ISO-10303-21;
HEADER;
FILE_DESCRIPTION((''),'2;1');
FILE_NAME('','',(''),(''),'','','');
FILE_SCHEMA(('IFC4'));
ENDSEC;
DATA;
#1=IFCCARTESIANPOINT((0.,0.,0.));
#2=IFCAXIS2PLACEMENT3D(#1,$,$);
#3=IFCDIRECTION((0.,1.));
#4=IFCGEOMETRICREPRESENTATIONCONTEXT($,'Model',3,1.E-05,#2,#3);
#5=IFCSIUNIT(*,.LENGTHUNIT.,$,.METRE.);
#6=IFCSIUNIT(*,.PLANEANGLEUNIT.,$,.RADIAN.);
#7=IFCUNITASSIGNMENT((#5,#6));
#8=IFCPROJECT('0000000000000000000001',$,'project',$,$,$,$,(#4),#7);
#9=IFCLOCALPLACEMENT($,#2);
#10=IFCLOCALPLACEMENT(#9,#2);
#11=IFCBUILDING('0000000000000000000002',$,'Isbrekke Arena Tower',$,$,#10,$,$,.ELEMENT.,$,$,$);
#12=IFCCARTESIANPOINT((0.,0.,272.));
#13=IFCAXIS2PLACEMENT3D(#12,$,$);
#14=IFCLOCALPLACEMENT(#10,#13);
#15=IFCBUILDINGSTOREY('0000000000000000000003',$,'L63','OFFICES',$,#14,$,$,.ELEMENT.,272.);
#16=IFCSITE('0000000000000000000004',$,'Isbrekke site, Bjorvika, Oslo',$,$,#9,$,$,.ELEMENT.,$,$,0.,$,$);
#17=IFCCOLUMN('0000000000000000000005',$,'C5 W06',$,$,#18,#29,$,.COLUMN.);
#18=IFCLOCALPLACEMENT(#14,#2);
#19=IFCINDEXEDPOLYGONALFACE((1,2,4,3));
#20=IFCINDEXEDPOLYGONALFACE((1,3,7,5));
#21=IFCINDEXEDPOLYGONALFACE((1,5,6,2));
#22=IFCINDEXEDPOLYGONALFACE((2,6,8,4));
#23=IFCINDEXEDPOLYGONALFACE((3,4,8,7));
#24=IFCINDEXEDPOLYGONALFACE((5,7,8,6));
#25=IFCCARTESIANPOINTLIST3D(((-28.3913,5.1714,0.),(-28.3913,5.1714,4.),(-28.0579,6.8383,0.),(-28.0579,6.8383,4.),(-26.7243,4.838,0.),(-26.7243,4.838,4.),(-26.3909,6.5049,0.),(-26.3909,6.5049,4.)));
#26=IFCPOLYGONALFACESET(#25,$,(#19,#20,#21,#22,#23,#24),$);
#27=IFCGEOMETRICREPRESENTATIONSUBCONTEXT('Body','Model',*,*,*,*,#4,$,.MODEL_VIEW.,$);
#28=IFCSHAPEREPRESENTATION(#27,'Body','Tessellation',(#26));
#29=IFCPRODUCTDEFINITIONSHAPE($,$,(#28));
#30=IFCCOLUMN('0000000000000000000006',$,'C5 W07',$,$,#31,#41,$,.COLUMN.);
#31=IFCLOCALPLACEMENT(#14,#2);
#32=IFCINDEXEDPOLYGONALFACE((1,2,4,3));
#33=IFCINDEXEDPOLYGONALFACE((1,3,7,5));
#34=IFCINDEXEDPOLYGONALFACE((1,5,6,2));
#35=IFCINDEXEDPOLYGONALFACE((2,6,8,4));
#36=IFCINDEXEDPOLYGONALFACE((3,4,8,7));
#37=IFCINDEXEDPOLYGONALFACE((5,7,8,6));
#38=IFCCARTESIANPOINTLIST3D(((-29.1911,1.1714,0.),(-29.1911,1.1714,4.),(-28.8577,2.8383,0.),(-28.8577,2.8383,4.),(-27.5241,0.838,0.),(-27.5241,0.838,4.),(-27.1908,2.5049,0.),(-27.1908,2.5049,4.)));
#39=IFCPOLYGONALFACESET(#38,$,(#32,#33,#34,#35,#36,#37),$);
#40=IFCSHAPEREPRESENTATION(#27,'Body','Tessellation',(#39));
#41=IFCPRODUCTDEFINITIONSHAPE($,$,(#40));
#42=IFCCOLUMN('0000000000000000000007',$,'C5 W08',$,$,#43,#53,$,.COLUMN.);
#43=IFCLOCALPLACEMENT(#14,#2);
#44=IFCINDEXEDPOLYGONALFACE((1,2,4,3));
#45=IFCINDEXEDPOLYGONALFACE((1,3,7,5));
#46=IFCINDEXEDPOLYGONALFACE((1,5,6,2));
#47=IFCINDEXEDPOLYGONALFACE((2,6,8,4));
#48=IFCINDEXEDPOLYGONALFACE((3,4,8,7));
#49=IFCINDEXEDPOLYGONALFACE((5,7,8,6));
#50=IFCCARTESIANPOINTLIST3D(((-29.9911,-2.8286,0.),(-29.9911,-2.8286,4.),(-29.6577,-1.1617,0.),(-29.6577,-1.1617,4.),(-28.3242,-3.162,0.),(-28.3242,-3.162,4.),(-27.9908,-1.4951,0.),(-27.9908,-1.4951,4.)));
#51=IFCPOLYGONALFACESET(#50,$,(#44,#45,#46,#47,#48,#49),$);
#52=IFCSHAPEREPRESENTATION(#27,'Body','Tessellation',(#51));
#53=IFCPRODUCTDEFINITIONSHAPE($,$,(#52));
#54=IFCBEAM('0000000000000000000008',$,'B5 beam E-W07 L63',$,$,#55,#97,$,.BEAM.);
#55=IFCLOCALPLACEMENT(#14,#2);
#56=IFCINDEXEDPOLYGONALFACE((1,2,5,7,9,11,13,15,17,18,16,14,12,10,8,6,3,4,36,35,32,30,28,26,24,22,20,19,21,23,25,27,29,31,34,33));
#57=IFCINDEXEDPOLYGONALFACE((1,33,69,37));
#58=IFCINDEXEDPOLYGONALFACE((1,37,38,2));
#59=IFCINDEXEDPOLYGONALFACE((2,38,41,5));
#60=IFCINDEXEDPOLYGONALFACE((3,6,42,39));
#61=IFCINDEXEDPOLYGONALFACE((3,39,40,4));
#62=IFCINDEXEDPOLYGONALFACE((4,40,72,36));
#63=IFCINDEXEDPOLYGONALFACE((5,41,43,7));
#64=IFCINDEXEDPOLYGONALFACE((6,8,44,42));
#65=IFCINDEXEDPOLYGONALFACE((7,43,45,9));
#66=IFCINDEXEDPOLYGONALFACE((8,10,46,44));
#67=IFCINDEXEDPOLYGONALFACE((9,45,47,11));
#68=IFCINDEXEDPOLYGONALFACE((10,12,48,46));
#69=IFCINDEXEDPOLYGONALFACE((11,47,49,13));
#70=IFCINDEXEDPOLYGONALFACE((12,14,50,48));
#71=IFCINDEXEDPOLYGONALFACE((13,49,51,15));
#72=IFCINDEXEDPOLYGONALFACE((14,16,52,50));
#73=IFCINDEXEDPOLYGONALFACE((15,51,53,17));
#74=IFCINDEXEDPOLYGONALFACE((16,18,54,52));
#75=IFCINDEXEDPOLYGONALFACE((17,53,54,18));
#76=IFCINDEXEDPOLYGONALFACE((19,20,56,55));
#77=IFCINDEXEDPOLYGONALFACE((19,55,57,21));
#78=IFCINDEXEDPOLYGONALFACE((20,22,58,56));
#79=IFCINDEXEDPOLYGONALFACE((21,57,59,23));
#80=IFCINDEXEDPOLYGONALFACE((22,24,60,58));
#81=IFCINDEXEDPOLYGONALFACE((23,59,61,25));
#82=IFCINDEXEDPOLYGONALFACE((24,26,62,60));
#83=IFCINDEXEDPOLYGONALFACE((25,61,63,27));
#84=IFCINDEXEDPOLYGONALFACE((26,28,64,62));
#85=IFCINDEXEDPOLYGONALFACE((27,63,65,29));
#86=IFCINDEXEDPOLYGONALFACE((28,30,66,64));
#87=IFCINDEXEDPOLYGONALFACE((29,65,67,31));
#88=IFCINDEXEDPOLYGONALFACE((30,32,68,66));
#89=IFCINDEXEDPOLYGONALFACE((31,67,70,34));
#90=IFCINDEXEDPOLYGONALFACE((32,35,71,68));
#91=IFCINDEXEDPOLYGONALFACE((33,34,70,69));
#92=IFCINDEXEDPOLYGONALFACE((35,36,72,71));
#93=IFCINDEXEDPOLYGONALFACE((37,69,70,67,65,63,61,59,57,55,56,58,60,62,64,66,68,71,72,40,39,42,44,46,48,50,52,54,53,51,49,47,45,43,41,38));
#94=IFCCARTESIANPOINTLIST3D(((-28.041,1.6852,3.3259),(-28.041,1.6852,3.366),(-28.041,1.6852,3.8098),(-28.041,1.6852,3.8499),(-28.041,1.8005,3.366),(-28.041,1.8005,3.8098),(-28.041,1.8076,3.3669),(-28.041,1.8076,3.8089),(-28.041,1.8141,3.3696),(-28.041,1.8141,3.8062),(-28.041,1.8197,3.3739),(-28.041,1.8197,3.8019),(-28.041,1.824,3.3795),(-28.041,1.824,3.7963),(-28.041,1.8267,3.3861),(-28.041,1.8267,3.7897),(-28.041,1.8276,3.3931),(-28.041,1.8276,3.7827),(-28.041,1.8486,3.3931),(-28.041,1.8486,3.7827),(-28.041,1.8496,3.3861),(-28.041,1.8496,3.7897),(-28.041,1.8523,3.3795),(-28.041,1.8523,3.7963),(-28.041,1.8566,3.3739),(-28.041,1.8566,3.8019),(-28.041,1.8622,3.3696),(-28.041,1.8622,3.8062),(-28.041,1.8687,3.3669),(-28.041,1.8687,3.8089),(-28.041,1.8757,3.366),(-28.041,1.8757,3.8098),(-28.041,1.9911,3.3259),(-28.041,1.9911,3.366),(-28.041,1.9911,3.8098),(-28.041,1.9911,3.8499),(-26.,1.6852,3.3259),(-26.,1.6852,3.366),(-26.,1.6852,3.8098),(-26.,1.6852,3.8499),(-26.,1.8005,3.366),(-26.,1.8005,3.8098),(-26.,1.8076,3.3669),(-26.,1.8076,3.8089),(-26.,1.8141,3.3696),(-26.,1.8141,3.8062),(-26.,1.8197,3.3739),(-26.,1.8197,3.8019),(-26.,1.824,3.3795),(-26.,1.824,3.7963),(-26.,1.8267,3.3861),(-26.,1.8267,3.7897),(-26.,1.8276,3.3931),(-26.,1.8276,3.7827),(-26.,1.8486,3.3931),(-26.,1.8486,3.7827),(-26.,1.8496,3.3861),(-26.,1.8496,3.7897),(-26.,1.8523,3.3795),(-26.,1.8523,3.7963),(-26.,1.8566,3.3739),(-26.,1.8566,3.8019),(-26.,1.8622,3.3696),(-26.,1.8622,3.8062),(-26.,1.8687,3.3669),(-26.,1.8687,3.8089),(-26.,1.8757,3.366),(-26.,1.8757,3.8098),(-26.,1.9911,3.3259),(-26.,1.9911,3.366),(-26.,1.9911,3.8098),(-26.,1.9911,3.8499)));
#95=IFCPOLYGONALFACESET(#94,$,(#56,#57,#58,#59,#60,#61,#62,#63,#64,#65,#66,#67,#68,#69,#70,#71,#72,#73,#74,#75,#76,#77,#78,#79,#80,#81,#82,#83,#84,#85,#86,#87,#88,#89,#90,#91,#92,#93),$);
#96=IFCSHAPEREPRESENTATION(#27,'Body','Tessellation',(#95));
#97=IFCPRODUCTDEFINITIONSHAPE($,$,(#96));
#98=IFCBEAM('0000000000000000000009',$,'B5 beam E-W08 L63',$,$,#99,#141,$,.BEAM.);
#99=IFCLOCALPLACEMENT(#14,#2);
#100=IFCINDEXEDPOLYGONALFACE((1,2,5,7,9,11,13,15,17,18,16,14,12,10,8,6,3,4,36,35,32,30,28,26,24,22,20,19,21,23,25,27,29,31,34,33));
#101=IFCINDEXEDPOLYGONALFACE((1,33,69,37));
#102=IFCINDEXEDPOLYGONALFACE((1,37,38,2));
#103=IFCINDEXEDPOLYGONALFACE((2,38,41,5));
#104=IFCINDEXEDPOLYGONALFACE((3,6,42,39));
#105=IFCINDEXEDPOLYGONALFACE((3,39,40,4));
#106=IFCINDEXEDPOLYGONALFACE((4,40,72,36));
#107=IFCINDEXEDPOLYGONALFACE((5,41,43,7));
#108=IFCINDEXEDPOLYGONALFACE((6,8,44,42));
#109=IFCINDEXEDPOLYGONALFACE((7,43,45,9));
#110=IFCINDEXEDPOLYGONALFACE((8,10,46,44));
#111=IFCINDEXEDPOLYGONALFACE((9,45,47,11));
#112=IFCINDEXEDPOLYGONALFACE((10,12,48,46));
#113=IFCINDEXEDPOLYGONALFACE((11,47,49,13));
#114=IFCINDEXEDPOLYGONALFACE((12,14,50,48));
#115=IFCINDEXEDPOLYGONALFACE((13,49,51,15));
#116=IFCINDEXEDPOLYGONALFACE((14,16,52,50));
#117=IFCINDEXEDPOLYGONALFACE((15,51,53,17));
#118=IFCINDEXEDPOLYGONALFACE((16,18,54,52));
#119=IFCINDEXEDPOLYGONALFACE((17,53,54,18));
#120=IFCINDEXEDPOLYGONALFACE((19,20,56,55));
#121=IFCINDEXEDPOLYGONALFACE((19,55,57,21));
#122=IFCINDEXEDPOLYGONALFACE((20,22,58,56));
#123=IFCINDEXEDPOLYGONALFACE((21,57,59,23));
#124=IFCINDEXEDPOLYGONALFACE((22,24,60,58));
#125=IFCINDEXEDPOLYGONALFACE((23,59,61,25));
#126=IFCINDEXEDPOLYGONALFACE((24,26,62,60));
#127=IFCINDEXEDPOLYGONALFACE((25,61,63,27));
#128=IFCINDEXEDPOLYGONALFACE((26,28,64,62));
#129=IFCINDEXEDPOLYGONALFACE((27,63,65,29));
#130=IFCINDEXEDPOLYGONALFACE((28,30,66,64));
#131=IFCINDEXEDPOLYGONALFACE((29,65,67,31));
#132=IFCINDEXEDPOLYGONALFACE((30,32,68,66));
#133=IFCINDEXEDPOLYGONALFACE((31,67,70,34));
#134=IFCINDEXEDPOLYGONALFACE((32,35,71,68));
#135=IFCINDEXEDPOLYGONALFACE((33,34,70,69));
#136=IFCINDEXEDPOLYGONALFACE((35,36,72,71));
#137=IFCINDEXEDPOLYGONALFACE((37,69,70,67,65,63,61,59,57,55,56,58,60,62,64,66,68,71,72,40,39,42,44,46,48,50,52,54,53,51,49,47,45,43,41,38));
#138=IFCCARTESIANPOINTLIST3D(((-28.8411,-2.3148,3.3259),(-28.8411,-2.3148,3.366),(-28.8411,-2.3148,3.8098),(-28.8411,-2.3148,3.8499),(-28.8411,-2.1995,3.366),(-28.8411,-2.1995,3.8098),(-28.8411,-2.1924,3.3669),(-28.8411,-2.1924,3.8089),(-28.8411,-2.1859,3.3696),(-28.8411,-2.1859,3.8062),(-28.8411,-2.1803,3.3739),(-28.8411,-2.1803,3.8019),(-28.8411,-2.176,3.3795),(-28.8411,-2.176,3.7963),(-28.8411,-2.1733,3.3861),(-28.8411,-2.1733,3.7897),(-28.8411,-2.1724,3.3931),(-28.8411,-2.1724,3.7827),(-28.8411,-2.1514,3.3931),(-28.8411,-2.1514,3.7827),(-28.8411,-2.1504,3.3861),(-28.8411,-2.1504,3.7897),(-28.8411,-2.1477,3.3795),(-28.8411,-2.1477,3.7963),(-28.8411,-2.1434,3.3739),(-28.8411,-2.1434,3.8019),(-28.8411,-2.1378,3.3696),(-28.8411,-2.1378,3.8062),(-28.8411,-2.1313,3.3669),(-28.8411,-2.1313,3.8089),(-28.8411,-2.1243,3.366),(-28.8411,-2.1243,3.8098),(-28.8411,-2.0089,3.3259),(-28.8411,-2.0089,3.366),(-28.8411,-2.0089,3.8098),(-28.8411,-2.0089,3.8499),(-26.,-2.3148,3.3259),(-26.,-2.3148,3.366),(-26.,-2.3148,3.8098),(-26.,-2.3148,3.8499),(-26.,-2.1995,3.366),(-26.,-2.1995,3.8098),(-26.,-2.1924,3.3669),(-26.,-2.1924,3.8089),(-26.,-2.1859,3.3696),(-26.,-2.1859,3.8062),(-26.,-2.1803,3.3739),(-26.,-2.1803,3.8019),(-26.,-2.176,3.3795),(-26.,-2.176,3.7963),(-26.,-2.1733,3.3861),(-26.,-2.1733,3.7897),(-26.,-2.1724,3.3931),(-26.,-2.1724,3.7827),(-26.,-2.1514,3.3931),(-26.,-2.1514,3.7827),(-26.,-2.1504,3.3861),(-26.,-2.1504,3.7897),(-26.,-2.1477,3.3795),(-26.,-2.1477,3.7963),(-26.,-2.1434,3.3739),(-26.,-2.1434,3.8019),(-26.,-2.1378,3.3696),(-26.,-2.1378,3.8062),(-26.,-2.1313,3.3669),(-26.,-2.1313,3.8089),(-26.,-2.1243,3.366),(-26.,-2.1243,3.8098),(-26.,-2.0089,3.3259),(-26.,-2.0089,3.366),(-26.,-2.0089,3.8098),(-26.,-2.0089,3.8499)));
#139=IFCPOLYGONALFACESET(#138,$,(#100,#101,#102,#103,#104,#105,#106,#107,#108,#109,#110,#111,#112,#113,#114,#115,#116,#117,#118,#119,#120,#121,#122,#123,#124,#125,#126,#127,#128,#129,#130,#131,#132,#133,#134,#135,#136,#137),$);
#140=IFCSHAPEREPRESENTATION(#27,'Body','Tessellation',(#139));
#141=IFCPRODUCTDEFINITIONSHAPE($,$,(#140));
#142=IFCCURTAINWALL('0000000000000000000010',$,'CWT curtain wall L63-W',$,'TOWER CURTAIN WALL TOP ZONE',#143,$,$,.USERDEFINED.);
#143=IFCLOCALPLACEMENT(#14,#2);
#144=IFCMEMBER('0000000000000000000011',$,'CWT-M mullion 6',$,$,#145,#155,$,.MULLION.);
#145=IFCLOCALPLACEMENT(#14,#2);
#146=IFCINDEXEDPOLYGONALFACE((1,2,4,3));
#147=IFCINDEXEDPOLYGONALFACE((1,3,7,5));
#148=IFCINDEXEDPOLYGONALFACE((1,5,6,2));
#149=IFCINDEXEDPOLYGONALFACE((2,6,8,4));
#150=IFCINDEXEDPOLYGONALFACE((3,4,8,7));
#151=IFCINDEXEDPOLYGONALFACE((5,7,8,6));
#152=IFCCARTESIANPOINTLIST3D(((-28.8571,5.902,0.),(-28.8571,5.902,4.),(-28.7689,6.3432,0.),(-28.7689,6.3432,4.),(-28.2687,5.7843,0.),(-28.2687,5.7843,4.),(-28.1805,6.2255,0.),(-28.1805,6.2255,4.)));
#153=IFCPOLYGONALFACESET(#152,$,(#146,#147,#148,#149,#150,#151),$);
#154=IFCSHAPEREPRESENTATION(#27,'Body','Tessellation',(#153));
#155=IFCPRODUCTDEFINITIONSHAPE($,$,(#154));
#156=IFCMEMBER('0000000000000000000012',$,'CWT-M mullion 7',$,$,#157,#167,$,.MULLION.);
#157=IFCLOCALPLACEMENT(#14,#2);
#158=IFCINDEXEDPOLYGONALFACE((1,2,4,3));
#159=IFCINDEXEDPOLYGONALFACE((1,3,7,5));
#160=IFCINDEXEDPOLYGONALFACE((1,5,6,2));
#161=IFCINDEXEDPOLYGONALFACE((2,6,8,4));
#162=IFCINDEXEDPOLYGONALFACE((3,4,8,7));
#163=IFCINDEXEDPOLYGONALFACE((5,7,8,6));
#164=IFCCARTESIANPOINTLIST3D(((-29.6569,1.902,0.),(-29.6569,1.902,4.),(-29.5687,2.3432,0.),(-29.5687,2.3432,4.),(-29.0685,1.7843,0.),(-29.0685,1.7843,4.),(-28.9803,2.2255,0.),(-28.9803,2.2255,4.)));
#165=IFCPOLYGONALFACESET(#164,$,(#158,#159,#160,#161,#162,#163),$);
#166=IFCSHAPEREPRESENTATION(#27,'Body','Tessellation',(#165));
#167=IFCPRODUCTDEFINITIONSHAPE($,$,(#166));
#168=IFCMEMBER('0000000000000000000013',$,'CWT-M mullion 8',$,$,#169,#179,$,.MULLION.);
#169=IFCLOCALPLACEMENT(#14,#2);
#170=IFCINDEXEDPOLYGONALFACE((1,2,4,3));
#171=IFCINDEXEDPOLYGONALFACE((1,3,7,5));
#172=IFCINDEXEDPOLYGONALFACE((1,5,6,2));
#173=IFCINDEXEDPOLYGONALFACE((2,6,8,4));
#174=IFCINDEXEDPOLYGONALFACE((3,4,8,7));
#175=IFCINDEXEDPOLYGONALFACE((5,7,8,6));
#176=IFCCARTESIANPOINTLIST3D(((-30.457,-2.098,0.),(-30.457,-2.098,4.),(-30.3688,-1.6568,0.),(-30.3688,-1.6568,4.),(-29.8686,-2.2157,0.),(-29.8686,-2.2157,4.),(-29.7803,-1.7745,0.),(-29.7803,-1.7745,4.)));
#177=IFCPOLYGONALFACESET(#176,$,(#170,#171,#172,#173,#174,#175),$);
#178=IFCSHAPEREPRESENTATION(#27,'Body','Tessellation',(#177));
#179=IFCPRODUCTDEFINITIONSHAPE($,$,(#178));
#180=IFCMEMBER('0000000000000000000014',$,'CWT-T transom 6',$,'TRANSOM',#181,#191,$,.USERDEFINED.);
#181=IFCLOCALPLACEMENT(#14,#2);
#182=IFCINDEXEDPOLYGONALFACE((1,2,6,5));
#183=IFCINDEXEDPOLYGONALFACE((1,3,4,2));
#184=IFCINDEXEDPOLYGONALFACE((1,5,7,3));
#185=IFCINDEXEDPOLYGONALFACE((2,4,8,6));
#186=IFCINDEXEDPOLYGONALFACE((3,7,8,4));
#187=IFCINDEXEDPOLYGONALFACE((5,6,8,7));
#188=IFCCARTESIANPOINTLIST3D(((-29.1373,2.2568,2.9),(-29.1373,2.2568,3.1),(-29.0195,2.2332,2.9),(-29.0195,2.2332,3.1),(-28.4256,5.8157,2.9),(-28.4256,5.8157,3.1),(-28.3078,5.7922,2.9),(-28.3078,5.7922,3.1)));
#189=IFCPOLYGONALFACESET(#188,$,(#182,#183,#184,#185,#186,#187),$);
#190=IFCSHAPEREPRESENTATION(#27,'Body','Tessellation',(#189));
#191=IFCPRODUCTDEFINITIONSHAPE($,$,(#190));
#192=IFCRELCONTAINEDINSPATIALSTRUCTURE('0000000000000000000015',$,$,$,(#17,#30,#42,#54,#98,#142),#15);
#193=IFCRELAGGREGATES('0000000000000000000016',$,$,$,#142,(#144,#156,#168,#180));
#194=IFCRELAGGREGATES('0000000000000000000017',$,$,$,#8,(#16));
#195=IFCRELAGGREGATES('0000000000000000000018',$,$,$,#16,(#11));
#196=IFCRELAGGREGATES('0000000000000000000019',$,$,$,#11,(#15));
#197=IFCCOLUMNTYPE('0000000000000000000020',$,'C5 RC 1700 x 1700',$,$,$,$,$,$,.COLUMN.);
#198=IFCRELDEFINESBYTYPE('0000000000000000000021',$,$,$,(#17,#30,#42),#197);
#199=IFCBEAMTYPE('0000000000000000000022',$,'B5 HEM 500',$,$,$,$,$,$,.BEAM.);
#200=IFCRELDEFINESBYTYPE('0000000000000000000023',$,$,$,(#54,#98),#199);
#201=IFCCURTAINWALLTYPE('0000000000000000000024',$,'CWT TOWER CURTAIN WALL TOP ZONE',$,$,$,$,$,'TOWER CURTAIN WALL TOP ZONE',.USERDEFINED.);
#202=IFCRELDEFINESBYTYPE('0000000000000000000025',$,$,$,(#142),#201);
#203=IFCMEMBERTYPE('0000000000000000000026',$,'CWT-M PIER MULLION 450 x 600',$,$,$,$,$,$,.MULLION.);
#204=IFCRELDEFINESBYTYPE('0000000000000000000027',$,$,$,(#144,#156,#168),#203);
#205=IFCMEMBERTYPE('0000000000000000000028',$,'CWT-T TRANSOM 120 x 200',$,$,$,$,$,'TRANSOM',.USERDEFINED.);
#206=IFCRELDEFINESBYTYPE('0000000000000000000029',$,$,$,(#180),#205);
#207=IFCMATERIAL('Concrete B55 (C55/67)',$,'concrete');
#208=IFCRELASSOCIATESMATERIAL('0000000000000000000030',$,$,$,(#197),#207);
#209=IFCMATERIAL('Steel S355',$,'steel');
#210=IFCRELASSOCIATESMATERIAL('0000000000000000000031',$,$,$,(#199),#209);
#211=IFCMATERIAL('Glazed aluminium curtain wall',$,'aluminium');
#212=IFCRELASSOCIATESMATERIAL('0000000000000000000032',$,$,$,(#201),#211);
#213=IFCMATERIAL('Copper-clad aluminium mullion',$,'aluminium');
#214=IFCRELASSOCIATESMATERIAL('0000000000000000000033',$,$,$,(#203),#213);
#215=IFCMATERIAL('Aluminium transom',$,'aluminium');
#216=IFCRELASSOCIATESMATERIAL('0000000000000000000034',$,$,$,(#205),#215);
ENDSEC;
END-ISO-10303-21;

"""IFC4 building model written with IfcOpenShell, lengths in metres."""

from ifc_helpers import new_model, si_unit, direction, frame, origin, origin_2d, place, context, subcontext, project, spatial, rectangle, i_section, extrude, material, material_profile, profile_set, type_object, element, aggregate, save


model = new_model("IFC4")

# Units and contexts
model_context = context("Model", 3, precision=1e-05, world=origin(), true_north=direction((0.0, 1.0)))
body_context = subcontext(model_context, "Body", "Model", "MODEL_VIEW")
ifc_project = project(units=[si_unit("LENGTHUNIT", "METRE"), si_unit("PLANEANGLEUNIT", "RADIAN")], contexts=[model_context])

# Site, building, storey
site_placement = place(None, origin())
site = spatial("IfcSite", under=ifc_project, at=site_placement, Name="Isbrekke site, Bjorvika, Oslo", CompositionType="ELEMENT", RefElevation=0.0)
building_placement = place(site_placement, origin())
building = spatial("IfcBuilding", under=site, at=building_placement, Name="Isbrekke Arena Tower", CompositionType="ELEMENT")
storey_placement = place(building_placement, frame((0.0, 0.0, 272.0)))
storey = spatial("IfcBuildingStorey", under=building, at=storey_placement, Name="L63", Description="OFFICES", CompositionType="ELEMENT", Elevation=272.0)

# Columns
ifc_material_1 = material(Name="Concrete B55 (C55/67)", Category="concrete")
ifc_material_profile_1 = material_profile(ifc_material_1, rectangle(XDim=1.7, YDim=1.7, at=origin_2d()), Name="RC 1700x1700")
ifc_profile_set_1 = profile_set([ifc_material_profile_1], Name="Concrete B55 (C55/67)")
column_type = type_object("IfcColumnType", Name="C5 RC 1700 x 1700", PredefinedType="COLUMN", material=ifc_profile_set_1)
for number, where, z_axis, x_axis, name in (
    (1, (-27.3911, 5.8381, 0.0), (0.0, 0.0, 1.0), (-0.196116, -0.980581, 0.0), "C5 W06"),
    (2, (-28.1909, 1.8381, 0.0), (0.0, 0.0, 1.0), (-0.196116, -0.980581, 0.0), "C5 W07"),
    (3, (-28.991, -2.1619, 0.0), (0.0, 0.0, 1.0), (-0.196116, -0.980581, 0.0), "C5 W08"),
):
    element("IfcColumn", number, at=place(storey_placement, frame(where, z_axis=z_axis, x_axis=x_axis)), inside=storey, type_object=column_type, Name=name, PredefinedType="COLUMN", context=body_context, shape_type="SweptSolid", body=[
        extrude(rectangle(XDim=1.7, YDim=1.7, at=origin_2d()), origin(), (0.0, 0.0, 1.0), 4.0),
    ])

# Beams
ifc_material_2 = material(Name="Steel S355", Category="steel")
ifc_material_profile_2 = material_profile(ifc_material_2, i_section(OverallWidth=0.3059, OverallDepth=0.5239, WebThickness=0.021, FlangeThickness=0.04, FilletRadius=0.0271, at=origin_2d()), Name="HEM 500")
ifc_profile_set_2 = profile_set([ifc_material_profile_2], Name="Steel S355")
beam_type_1 = type_object("IfcBeamType", Name="B5 HEM 500", PredefinedType="BEAM", material=ifc_profile_set_2)
beam_1_placement = place(storey_placement, frame((-28.041, 1.8381, 3.5879), z_axis=(1.0, 0.0, 0.0), x_axis=(0.0, 1.0, 0.0)))
element("IfcBeam", 4, at=beam_1_placement, inside=storey, type_object=beam_type_1, Name="B5 beam E-W07 L63", PredefinedType="BEAM", context=body_context, shape_type="SweptSolid", body=[
    extrude(i_section(OverallWidth=0.3059, OverallDepth=0.5239, WebThickness=0.021, FlangeThickness=0.04, FilletRadius=0.0271, at=origin_2d()), origin(), (0.0, 0.0, 1.0), 2.041),
])
beam_2_placement = place(storey_placement, frame((-28.8411, -2.1619, 3.5879), z_axis=(1.0, 0.0, 0.0), x_axis=(0.0, 1.0, 0.0)))
element("IfcBeam", 5, at=beam_2_placement, inside=storey, type_object=beam_type_1, Name="B5 beam E-W08 L63", PredefinedType="BEAM", context=body_context, shape_type="SweptSolid", body=[
    extrude(i_section(OverallWidth=0.3059, OverallDepth=0.5239, WebThickness=0.021, FlangeThickness=0.04, FilletRadius=0.0271, at=origin_2d()), origin(), (0.0, 0.0, 1.0), 2.8411),
])

# Curtain wall, members
ifc_material_3 = material(Name="Glazed aluminium curtain wall", Category="aluminium")
curtain_wall_type = type_object("IfcCurtainWallType", Name="CWT TOWER CURTAIN WALL TOP ZONE", ElementType="TOWER CURTAIN WALL TOP ZONE", PredefinedType="USERDEFINED", material=ifc_material_3)
curtain_wall_placement = place(storey_placement, origin())
curtain_wall = element("IfcCurtainWall", 6, at=curtain_wall_placement, inside=storey, type_object=curtain_wall_type, Name="CWT curtain wall L63-W", ObjectType="TOWER CURTAIN WALL TOP ZONE", PredefinedType="USERDEFINED")
ifc_material_4 = material(Name="Copper-clad aluminium mullion", Category="aluminium")
ifc_material_profile_3 = material_profile(ifc_material_4, rectangle(XDim=0.45, YDim=0.6001, at=origin_2d()), Name="PIER 450X600")
ifc_profile_set_3 = profile_set([ifc_material_profile_3], Name="Copper-clad aluminium mullion")
member_type_1 = type_object("IfcMemberType", Name="CWT-M PIER MULLION 450 x 600", PredefinedType="MULLION", material=ifc_profile_set_3)
member_1_placement = place(storey_placement, frame((-28.5188, 6.0637, 0.0), z_axis=(0.0, 0.0, 1.0), x_axis=(-0.196116, -0.980581, 0.0)))
member_1 = element("IfcMember", 7, at=member_1_placement, type_object=member_type_1, Name="CWT-M mullion 6", PredefinedType="MULLION", context=body_context, shape_type="SweptSolid", body=[
    extrude(rectangle(XDim=0.45, YDim=0.6001, at=origin_2d()), origin(), (0.0, 0.0, 1.0), 4.0),
])
member_2_placement = place(storey_placement, frame((-29.3186, 2.0637, 0.0), z_axis=(0.0, 0.0, 1.0), x_axis=(-0.196116, -0.980581, 0.0)))
member_2 = element("IfcMember", 8, at=member_2_placement, type_object=member_type_1, Name="CWT-M mullion 7", PredefinedType="MULLION", context=body_context, shape_type="SweptSolid", body=[
    extrude(rectangle(XDim=0.45, YDim=0.6001, at=origin_2d()), origin(), (0.0, 0.0, 1.0), 4.0),
])
member_3_placement = place(storey_placement, frame((-30.1187, -1.9363, 0.0), z_axis=(0.0, 0.0, 1.0), x_axis=(-0.196116, -0.980581, 0.0)))
member_3 = element("IfcMember", 9, at=member_3_placement, type_object=member_type_1, Name="CWT-M mullion 8", PredefinedType="MULLION", context=body_context, shape_type="SweptSolid", body=[
    extrude(rectangle(XDim=0.45, YDim=0.6001, at=origin_2d()), origin(), (0.0, 0.0, 1.0), 4.0),
])
ifc_material_5 = material(Name="Aluminium transom", Category="aluminium")
ifc_material_profile_4 = material_profile(ifc_material_5, rectangle(XDim=0.1201, YDim=0.2, at=origin_2d()), Name="TRANSOM 120X200")
ifc_profile_set_4 = profile_set([ifc_material_profile_4], Name="Aluminium transom")
member_type_2 = type_object("IfcMemberType", Name="CWT-T TRANSOM 120 x 200", ElementType="TRANSOM", PredefinedType="USERDEFINED", material=ifc_profile_set_4)
member_4_placement = place(storey_placement, frame((-28.3667, 5.804, 3.0), z_axis=(-0.19609, -0.980586, 0.0), x_axis=(0.980586, -0.19609, 0.0)))
member_4 = element("IfcMember", 10, at=member_4_placement, type_object=member_type_2, Name="CWT-T transom 6", ObjectType="TRANSOM", PredefinedType="USERDEFINED", context=body_context, shape_type="SweptSolid", body=[
    extrude(rectangle(XDim=0.1201, YDim=0.2, at=origin_2d()), origin(), (0.0, 0.0, 1.0), 3.6294),
])

aggregate(curtain_wall, [member_1, member_2, member_3, member_4])

save(model, "model.ifc")
